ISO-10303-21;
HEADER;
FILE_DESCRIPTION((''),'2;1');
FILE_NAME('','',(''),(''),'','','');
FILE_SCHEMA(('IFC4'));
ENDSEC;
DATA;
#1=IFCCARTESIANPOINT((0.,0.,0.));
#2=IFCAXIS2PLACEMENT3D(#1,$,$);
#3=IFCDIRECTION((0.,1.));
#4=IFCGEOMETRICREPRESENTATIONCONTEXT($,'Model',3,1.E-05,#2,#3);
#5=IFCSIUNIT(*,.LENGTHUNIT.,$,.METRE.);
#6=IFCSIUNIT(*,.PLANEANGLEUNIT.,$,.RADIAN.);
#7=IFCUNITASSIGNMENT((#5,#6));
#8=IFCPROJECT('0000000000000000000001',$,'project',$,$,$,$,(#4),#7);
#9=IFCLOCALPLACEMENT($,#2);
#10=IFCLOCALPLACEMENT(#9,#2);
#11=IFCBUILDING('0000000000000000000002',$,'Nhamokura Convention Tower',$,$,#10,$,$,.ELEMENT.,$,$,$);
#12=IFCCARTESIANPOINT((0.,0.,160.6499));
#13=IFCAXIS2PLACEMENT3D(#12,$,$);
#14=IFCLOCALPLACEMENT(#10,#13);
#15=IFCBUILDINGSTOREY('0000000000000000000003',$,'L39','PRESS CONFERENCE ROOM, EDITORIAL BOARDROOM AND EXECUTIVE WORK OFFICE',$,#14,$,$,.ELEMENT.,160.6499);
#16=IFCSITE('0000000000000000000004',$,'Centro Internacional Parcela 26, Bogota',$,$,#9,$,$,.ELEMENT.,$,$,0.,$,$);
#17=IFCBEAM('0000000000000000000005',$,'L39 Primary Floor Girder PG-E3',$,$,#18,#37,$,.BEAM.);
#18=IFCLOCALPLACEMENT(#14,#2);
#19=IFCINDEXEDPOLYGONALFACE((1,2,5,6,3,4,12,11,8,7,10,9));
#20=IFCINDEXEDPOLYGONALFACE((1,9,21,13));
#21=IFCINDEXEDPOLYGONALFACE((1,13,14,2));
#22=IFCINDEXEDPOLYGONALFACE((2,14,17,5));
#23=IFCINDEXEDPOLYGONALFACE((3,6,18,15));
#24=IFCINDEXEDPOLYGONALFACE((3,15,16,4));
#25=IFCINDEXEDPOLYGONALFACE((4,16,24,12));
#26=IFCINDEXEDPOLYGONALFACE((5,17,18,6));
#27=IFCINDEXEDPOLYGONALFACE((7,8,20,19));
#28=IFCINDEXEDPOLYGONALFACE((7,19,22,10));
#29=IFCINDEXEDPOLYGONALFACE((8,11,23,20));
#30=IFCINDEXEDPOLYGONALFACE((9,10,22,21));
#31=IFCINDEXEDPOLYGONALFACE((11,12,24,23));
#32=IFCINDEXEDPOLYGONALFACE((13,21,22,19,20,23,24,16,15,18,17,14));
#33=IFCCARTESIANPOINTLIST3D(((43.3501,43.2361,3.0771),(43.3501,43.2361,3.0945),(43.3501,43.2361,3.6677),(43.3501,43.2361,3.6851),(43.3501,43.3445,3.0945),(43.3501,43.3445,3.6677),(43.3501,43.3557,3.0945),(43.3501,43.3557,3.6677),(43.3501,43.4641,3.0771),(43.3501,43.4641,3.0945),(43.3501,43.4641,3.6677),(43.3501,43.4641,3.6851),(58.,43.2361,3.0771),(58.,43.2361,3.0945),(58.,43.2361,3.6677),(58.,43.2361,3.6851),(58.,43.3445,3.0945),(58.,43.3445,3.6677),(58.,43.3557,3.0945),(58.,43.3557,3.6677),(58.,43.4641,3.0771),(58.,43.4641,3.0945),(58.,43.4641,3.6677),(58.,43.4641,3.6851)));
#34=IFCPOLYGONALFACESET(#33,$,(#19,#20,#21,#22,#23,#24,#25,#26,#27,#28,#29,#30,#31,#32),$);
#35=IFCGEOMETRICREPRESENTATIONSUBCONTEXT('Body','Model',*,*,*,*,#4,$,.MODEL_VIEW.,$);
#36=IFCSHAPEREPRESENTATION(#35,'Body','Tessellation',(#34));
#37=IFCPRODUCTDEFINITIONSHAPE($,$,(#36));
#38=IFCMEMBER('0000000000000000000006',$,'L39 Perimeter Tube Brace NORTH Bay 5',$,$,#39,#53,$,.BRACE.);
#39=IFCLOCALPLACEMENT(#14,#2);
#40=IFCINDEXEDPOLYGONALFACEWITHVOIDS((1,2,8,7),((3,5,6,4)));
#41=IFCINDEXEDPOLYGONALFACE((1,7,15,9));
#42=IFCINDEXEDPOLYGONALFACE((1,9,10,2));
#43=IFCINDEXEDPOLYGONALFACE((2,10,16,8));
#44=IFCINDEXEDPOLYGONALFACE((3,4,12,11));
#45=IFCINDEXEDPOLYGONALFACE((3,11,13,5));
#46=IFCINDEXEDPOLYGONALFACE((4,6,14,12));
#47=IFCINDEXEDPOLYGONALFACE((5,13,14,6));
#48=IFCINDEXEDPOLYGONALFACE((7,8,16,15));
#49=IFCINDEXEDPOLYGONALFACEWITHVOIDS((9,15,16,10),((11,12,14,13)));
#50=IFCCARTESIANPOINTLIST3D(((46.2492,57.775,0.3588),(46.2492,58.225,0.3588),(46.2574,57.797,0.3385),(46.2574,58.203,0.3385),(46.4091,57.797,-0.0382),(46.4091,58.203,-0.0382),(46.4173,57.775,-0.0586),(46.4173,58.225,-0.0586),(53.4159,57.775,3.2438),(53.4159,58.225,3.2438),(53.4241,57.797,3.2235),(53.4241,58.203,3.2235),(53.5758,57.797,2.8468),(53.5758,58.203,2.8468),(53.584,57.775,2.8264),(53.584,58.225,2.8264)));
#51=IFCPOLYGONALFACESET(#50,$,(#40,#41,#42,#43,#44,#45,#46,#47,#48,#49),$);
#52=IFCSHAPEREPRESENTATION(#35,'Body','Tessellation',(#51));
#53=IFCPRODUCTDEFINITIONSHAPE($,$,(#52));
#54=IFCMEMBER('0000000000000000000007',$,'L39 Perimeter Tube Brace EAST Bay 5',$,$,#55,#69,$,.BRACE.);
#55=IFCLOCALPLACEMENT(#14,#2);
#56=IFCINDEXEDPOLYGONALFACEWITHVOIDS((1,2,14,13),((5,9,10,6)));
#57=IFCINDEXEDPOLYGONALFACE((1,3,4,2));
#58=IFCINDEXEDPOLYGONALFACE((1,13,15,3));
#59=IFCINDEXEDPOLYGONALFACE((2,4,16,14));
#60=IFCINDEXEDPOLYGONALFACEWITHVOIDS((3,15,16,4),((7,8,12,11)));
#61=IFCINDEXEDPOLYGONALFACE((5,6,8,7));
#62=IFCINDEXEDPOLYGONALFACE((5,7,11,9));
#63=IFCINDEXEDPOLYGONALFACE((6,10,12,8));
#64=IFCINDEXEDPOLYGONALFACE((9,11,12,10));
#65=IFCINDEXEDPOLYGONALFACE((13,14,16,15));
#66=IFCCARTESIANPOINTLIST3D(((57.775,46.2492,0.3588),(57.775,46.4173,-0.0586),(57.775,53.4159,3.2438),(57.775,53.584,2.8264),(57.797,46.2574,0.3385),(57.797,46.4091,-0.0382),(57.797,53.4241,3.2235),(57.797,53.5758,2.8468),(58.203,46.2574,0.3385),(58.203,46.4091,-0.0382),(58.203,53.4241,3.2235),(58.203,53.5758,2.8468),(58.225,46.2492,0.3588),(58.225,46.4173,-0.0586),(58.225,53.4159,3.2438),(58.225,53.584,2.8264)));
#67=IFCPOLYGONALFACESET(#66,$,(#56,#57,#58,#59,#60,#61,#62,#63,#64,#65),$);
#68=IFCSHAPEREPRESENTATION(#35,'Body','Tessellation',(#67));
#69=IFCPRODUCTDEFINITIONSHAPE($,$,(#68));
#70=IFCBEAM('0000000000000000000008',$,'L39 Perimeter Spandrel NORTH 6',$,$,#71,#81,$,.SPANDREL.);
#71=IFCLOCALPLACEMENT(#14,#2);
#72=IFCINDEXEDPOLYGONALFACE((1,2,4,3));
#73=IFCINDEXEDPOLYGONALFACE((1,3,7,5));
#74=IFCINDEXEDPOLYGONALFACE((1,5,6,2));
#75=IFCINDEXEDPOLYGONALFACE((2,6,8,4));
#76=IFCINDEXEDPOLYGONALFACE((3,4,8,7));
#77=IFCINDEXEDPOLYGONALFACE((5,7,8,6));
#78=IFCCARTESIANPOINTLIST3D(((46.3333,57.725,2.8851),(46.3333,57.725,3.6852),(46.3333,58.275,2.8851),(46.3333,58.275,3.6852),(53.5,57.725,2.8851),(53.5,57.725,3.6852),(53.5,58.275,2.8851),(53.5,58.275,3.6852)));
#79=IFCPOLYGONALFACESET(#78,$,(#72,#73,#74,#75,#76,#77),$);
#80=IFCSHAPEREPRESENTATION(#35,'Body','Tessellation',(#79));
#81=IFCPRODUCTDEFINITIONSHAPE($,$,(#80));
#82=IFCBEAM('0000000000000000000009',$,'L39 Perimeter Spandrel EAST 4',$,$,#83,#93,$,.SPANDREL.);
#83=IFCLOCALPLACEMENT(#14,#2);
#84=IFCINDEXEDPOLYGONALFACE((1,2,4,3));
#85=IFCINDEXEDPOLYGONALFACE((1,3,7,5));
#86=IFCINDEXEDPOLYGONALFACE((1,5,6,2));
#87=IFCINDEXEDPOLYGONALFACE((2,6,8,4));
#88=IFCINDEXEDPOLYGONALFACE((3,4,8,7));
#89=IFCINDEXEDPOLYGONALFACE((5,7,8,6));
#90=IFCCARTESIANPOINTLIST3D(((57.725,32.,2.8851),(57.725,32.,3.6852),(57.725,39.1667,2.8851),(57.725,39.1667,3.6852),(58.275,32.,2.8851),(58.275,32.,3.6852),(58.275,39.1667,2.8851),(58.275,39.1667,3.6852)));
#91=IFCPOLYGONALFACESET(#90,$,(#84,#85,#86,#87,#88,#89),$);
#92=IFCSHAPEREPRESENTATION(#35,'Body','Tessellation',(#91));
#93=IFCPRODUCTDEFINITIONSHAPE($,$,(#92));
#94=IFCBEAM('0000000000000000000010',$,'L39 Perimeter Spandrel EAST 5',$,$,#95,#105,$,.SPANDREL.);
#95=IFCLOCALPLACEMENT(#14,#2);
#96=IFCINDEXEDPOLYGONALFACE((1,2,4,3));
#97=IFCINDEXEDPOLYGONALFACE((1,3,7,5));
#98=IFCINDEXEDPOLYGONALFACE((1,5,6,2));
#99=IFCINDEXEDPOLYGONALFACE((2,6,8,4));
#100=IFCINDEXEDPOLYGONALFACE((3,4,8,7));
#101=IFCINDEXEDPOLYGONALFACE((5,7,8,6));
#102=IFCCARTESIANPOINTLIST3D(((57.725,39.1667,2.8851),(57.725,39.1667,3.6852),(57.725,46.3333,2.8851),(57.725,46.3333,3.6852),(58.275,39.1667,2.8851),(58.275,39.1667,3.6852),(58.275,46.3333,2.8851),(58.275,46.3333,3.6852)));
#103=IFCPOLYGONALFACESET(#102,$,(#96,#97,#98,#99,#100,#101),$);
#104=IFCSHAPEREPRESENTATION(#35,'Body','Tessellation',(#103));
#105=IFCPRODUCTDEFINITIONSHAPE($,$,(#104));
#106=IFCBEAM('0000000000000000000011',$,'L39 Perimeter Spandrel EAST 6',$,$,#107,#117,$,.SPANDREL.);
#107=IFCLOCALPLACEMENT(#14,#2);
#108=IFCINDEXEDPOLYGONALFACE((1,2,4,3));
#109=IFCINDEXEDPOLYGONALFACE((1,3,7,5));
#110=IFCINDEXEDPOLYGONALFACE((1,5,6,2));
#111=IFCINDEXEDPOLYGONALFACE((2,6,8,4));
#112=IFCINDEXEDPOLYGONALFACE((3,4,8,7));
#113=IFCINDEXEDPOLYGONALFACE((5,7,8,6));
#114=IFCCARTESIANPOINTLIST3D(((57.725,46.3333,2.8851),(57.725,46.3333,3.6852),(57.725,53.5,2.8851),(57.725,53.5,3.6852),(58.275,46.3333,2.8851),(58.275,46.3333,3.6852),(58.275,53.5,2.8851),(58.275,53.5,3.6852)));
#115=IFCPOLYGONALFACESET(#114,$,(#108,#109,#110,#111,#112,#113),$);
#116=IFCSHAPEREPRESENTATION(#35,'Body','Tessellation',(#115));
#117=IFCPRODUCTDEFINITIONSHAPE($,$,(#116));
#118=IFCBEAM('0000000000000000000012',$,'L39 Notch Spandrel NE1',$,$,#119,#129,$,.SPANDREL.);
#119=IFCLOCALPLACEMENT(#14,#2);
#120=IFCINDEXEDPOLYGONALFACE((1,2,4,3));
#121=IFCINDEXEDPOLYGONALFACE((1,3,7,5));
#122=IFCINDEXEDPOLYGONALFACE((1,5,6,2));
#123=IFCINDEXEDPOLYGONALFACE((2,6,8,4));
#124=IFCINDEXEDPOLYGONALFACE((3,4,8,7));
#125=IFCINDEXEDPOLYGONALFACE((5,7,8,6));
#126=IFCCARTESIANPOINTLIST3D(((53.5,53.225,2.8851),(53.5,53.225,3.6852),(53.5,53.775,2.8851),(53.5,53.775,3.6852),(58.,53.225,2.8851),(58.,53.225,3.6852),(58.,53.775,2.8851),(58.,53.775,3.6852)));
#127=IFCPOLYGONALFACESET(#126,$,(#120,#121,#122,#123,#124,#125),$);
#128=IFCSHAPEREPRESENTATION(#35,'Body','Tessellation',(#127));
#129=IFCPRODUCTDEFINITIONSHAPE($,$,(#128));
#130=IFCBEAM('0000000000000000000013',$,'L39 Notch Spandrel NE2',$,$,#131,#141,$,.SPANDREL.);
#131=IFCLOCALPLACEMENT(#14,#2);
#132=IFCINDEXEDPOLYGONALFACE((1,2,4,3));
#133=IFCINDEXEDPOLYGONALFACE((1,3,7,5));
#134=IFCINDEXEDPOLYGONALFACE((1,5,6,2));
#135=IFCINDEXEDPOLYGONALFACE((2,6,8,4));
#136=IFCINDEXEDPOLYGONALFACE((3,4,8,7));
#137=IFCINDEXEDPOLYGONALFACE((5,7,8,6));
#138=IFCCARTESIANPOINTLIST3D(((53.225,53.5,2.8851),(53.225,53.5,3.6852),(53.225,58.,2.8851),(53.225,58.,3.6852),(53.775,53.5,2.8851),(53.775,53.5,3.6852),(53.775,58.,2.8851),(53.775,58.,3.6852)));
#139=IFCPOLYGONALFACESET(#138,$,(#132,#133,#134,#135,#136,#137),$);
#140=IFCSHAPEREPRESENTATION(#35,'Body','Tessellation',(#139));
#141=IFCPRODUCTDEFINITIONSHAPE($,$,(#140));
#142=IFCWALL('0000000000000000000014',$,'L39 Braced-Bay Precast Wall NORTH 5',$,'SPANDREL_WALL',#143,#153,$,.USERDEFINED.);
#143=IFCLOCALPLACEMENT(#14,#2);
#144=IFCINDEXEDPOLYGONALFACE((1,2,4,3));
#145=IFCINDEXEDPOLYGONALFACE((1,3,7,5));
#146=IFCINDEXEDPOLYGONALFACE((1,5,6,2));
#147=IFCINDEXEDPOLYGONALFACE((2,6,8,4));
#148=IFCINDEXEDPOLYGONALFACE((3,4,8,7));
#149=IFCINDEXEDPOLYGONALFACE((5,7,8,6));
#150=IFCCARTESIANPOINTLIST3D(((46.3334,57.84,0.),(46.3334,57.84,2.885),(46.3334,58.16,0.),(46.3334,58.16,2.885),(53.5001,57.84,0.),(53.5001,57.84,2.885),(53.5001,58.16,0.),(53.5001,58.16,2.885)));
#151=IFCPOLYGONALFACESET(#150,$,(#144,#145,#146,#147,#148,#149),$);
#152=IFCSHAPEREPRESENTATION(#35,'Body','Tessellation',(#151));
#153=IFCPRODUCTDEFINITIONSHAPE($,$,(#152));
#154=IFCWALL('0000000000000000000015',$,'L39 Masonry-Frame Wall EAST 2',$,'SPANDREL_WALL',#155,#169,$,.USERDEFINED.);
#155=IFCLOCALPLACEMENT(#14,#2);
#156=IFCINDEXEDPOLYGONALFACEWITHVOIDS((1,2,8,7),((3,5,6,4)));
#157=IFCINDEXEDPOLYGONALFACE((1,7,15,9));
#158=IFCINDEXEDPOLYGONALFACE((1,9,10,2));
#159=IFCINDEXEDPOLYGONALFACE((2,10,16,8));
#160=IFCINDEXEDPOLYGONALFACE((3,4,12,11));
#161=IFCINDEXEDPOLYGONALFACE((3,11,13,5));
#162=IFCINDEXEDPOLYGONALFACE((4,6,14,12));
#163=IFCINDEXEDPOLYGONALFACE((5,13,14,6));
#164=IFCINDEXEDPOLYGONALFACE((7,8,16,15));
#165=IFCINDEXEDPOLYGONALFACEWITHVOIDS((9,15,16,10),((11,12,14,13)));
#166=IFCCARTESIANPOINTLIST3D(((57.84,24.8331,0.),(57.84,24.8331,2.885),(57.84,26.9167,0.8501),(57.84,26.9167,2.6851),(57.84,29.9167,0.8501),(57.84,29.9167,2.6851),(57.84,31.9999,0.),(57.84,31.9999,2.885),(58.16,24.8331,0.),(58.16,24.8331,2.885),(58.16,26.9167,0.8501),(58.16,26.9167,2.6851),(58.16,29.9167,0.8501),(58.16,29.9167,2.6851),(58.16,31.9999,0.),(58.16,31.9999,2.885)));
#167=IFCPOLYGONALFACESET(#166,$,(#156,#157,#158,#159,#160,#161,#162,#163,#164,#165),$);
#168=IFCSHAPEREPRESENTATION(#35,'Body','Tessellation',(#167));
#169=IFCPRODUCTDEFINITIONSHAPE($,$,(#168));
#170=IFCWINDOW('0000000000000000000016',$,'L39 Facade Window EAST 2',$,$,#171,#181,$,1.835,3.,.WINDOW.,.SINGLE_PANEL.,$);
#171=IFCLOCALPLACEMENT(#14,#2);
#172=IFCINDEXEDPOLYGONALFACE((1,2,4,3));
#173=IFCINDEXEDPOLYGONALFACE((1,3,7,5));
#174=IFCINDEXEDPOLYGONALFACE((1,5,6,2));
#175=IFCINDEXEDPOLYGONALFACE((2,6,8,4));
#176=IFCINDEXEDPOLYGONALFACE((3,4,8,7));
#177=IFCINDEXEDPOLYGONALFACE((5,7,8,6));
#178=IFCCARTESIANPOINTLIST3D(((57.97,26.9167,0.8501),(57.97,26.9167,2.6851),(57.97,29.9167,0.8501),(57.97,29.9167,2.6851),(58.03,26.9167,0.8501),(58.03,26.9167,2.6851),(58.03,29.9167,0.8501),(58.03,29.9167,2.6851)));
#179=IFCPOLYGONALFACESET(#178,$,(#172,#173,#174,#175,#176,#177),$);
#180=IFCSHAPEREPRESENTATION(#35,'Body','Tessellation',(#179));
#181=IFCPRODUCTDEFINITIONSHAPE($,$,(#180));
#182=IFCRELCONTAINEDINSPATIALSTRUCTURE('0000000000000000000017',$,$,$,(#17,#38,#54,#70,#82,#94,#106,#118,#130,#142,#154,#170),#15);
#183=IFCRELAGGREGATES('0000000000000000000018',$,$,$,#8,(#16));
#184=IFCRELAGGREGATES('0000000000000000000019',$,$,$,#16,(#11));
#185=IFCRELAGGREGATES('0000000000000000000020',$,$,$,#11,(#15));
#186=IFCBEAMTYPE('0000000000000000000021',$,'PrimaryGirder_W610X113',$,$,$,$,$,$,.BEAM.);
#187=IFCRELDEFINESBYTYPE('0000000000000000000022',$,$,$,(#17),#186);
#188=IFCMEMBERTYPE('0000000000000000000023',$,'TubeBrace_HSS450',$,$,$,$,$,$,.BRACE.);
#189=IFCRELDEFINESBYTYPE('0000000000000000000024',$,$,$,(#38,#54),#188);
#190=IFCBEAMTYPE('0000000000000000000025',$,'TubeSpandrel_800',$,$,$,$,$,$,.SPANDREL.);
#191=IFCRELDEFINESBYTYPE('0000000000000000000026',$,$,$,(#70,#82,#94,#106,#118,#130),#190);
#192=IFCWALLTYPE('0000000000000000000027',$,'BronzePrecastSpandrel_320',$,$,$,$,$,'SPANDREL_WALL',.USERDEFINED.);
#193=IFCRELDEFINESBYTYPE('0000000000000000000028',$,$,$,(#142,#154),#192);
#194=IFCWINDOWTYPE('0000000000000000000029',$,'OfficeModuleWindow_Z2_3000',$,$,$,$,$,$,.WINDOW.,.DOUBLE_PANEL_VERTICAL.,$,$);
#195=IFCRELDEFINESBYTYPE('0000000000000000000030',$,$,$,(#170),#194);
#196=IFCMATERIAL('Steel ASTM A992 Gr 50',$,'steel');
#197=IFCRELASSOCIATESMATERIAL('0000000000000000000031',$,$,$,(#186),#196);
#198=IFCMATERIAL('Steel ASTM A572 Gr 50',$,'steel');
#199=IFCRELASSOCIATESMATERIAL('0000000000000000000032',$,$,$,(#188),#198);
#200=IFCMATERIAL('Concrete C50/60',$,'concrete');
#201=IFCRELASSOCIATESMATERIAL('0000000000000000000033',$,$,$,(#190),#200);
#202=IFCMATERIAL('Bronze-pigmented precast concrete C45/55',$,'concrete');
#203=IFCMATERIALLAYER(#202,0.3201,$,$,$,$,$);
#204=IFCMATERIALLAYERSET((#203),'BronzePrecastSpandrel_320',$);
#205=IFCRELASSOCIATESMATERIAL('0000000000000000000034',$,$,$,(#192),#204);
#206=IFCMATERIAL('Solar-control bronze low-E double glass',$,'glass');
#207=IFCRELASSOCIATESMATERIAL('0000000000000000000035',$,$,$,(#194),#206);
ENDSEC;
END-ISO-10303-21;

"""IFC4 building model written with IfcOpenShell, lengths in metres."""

from ifc_helpers import new_model, si_unit, direction, frame, frame_2d, origin, origin_2d, place, context, subcontext, project, spatial, rectangle, hollow_rectangle, i_section, extrude, material, layer, layer_set, material_profile, profile_set, type_object, element, fill, save


model = new_model("IFC4")

# Units and contexts
model_context = context("Model", 3, precision=1e-05, world=origin(), true_north=direction((0.0, 1.0)))
body_context = subcontext(model_context, "Body", "Model", "MODEL_VIEW")
ifc_project = project(units=[si_unit("LENGTHUNIT", "METRE"), si_unit("PLANEANGLEUNIT", "RADIAN")], contexts=[model_context])

# Site, building, storey
site_placement = place(None, origin())
site = spatial("IfcSite", under=ifc_project, at=site_placement, Name="Centro Internacional Parcela 26, Bogota", CompositionType="ELEMENT", RefElevation=0.0)
building_placement = place(site_placement, origin())
building = spatial("IfcBuilding", under=site, at=building_placement, Name="Nhamokura Convention Tower", CompositionType="ELEMENT")
storey_placement = place(building_placement, frame((0.0, 0.0, 160.6499)))
storey = spatial("IfcBuildingStorey", under=building, at=storey_placement, Name="L39", Description="PRESS CONFERENCE ROOM, EDITORIAL BOARDROOM AND EXECUTIVE WORK OFFICE", CompositionType="ELEMENT", Elevation=160.6499)

# Beam
ifc_material_1 = material(Name="Steel ASTM A992 Gr 50", Category="steel")
ifc_material_profile_1 = material_profile(ifc_material_1, i_section(OverallWidth=0.228, OverallDepth=0.6079, WebThickness=0.0112, FlangeThickness=0.0173, at=origin_2d()))
ifc_profile_set_1 = profile_set([ifc_material_profile_1], Name="Steel ASTM A992 Gr 50")
beam_type_1 = type_object("IfcBeamType", Name="PrimaryGirder_W610X113", PredefinedType="BEAM", material=ifc_profile_set_1)
for number, where, z_axis, x_axis, name in (
    (1, (43.3501, 43.3501, 3.3811), (1.0, 0.0, 0.0), (0.0, 1.0, 0.0), "L39 Primary Floor Girder PG-E3"),
):
    element("IfcBeam", number, at=place(storey_placement, frame(where, z_axis=z_axis, x_axis=x_axis)), inside=storey, type_object=beam_type_1, Name=name, PredefinedType="BEAM", context=body_context, shape_type="SweptSolid", body=[
        extrude(i_section(OverallWidth=0.228, OverallDepth=0.6079, WebThickness=0.0112, FlangeThickness=0.0173, at=origin_2d()), origin(), (0.0, 0.0, 1.0), 14.6499),
    ])

# Members
ifc_material_2 = material(Name="Steel ASTM A572 Gr 50", Category="steel")
ifc_material_profile_2 = material_profile(ifc_material_2, hollow_rectangle(XDim=0.45, YDim=0.45, WallThickness=0.022, at=origin_2d()))
ifc_profile_set_2 = profile_set([ifc_material_profile_2], Name="Steel ASTM A572 Gr 50")
member_type_1 = type_object("IfcMemberType", Name="TubeBrace_HSS450", PredefinedType="BRACE", material=ifc_profile_set_2)
for number, where, z_axis, x_axis, name in (
    (2, (46.3333, 58.0, 0.1501), (0.927657, 0.0, 0.373433), (0.0, 1.0, 0.0), "L39 Perimeter Tube Brace NORTH Bay 5"),
    (3, (58.0, 46.3333, 0.1501), (0.0, 0.927657, 0.373433), (-1.0, 0.0, 0.0), "L39 Perimeter Tube Brace EAST Bay 5"),
):
    element("IfcMember", number, at=place(storey_placement, frame(where, z_axis=z_axis, x_axis=x_axis)), inside=storey, type_object=member_type_1, Name=name, PredefinedType="BRACE", context=body_context, shape_type="SweptSolid", body=[
        extrude(hollow_rectangle(XDim=0.45, YDim=0.45, WallThickness=0.022, at=origin_2d()), origin(), (0.0, 0.0, 1.0), 7.7256),
    ])

# Beams
ifc_material_3 = material(Name="Concrete C50/60", Category="concrete")
ifc_material_profile_3 = material_profile(ifc_material_3, rectangle(XDim=0.55, YDim=0.8, at=origin_2d()))
ifc_profile_set_3 = profile_set([ifc_material_profile_3], Name="Concrete C50/60")
beam_type_2 = type_object("IfcBeamType", Name="TubeSpandrel_800", PredefinedType="SPANDREL", material=ifc_profile_set_3)
for number, where, z_axis, x_axis, name in (
    (4, (46.3333, 58.0, 3.2852), (1.0, 0.0, 0.0), (0.0, 1.0, 0.0), "L39 Perimeter Spandrel NORTH 6"),
    (5, (58.0, 32.0, 3.2852), (0.0, 1.0, 0.0), (-1.0, 0.0, 0.0), "L39 Perimeter Spandrel EAST 4"),
):
    element("IfcBeam", number, at=place(storey_placement, frame(where, z_axis=z_axis, x_axis=x_axis)), inside=storey, type_object=beam_type_2, Name=name, PredefinedType="SPANDREL", context=body_context, shape_type="SweptSolid", body=[
        extrude(rectangle(XDim=0.55, YDim=0.8, at=origin_2d()), origin(), (0.0, 0.0, 1.0), 7.1667),
    ])
beam_1_placement = place(storey_placement, frame((58.0, 39.1667, 3.2852), z_axis=(0.0, 1.0, 0.0), x_axis=(-1.0, 0.0, 0.0)))
element("IfcBeam", 6, at=beam_1_placement, inside=storey, type_object=beam_type_2, Name="L39 Perimeter Spandrel EAST 5", PredefinedType="SPANDREL", context=body_context, shape_type="SweptSolid", body=[
    extrude(rectangle(XDim=0.55, YDim=0.8, at=origin_2d()), origin(), (0.0, 0.0, 1.0), 7.1665),
])
beam_2_placement = place(storey_placement, frame((58.0, 46.3333, 3.2852), z_axis=(0.0, 1.0, 0.0), x_axis=(-1.0, 0.0, 0.0)))
element("IfcBeam", 7, at=beam_2_placement, inside=storey, type_object=beam_type_2, Name="L39 Perimeter Spandrel EAST 6", PredefinedType="SPANDREL", context=body_context, shape_type="SweptSolid", body=[
    extrude(rectangle(XDim=0.55, YDim=0.8, at=origin_2d()), origin(), (0.0, 0.0, 1.0), 7.1667),
])
for number, where, z_axis, x_axis, name in (
    (8, (58.0, 53.5, 3.2852), (-1.0, 0.0, 0.0), (0.0, -1.0, 0.0), "L39 Notch Spandrel NE1"),
    (9, (53.5, 53.5, 3.2852), (0.0, 1.0, 0.0), (-1.0, 0.0, 0.0), "L39 Notch Spandrel NE2"),
):
    element("IfcBeam", number, at=place(storey_placement, frame(where, z_axis=z_axis, x_axis=x_axis)), inside=storey, type_object=beam_type_2, Name=name, PredefinedType="SPANDREL", context=body_context, shape_type="SweptSolid", body=[
        extrude(rectangle(XDim=0.55, YDim=0.8, at=origin_2d()), origin(), (0.0, 0.0, 1.0), 4.5),
    ])

# Wall
ifc_material_4 = material(Name="Bronze-pigmented precast concrete C45/55", Category="concrete")
ifc_layer_1 = layer(ifc_material_4, 0.3201)
ifc_layer_set_1 = layer_set([ifc_layer_1], Name="BronzePrecastSpandrel_320")
wall_type_1 = type_object("IfcWallType", Name="BronzePrecastSpandrel_320", ElementType="SPANDREL_WALL", PredefinedType="USERDEFINED", material=ifc_layer_set_1)
wall_1_placement = place(storey_placement, frame((46.3333, 58.0, 0.0), z_axis=(0.0, 0.0, 1.0), x_axis=(1.0, 0.0, 0.0)))
element("IfcWall", 10, at=wall_1_placement, inside=storey, type_object=wall_type_1, Name="L39 Braced-Bay Precast Wall NORTH 5", ObjectType="SPANDREL_WALL", PredefinedType="USERDEFINED", context=body_context, shape_type="SweptSolid", body=[
    extrude(rectangle(XDim=7.1667, YDim=0.3201, at=frame_2d((3.5835, 0.0))), origin(), (0.0, 0.0, 1.0), 2.885),
])

# Wall, opening, window
wall_2_placement = place(storey_placement, frame((58.0, 32.0, 0.0), z_axis=(0.0, 0.0, 1.0), x_axis=(0.0, -1.0, 0.0)))
wall_2 = element("IfcWall", 11, at=wall_2_placement, inside=storey, type_object=wall_type_1, Name="L39 Masonry-Frame Wall EAST 2", ObjectType="SPANDREL_WALL", PredefinedType="USERDEFINED", context=body_context, shape_type="SweptSolid", body=[
    extrude(rectangle(XDim=7.1667, YDim=0.3201, at=frame_2d((3.5835, 0.0))), origin(), (0.0, 0.0, 1.0), 2.885),
])
opening_1_placement = place(wall_2_placement, frame((2.0833, 0.0, 0.8501)))
opening_1 = element("IfcOpeningElement", 12, at=opening_1_placement, cuts=wall_2, PredefinedType="OPENING", context=body_context, shape_type="SweptSolid", body=[
    extrude(rectangle(XDim=3.0, YDim=1.835, at=frame_2d((1.5, 0.9175))), frame((0.0, 0.1699, 0.0), z_axis=(0.0, -1.0, 0.0), x_axis=(1.0, 0.0, 0.0)), (0.0, 0.0, 1.0), 0.3401),
])
ifc_material_5 = material(Name="Solar-control bronze low-E double glass", Category="glass")
window_type_1 = type_object("IfcWindowType", Name="OfficeModuleWindow_Z2_3000", PartitioningType="DOUBLE_PANEL_VERTICAL", PredefinedType="WINDOW", material=ifc_material_5)
window_1_placement = place(opening_1_placement, origin())
window_1 = element("IfcWindow", 13, at=window_1_placement, inside=storey, type_object=window_type_1, Name="L39 Facade Window EAST 2", OverallHeight=1.835, OverallWidth=3.0, PartitioningType="SINGLE_PANEL", PredefinedType="WINDOW", context=body_context, shape_type="SweptSolid", body=[
    extrude(rectangle(XDim=3.0, YDim=1.835, at=frame_2d((1.5, 0.9175))), frame((0.0, 0.03, 0.0), z_axis=(0.0, -1.0, 0.0), x_axis=(1.0, 0.0, 0.0)), (0.0, 0.0, 1.0), 0.0601),
])
fill(opening_1, window_1)

save(model, "model.ifc")
